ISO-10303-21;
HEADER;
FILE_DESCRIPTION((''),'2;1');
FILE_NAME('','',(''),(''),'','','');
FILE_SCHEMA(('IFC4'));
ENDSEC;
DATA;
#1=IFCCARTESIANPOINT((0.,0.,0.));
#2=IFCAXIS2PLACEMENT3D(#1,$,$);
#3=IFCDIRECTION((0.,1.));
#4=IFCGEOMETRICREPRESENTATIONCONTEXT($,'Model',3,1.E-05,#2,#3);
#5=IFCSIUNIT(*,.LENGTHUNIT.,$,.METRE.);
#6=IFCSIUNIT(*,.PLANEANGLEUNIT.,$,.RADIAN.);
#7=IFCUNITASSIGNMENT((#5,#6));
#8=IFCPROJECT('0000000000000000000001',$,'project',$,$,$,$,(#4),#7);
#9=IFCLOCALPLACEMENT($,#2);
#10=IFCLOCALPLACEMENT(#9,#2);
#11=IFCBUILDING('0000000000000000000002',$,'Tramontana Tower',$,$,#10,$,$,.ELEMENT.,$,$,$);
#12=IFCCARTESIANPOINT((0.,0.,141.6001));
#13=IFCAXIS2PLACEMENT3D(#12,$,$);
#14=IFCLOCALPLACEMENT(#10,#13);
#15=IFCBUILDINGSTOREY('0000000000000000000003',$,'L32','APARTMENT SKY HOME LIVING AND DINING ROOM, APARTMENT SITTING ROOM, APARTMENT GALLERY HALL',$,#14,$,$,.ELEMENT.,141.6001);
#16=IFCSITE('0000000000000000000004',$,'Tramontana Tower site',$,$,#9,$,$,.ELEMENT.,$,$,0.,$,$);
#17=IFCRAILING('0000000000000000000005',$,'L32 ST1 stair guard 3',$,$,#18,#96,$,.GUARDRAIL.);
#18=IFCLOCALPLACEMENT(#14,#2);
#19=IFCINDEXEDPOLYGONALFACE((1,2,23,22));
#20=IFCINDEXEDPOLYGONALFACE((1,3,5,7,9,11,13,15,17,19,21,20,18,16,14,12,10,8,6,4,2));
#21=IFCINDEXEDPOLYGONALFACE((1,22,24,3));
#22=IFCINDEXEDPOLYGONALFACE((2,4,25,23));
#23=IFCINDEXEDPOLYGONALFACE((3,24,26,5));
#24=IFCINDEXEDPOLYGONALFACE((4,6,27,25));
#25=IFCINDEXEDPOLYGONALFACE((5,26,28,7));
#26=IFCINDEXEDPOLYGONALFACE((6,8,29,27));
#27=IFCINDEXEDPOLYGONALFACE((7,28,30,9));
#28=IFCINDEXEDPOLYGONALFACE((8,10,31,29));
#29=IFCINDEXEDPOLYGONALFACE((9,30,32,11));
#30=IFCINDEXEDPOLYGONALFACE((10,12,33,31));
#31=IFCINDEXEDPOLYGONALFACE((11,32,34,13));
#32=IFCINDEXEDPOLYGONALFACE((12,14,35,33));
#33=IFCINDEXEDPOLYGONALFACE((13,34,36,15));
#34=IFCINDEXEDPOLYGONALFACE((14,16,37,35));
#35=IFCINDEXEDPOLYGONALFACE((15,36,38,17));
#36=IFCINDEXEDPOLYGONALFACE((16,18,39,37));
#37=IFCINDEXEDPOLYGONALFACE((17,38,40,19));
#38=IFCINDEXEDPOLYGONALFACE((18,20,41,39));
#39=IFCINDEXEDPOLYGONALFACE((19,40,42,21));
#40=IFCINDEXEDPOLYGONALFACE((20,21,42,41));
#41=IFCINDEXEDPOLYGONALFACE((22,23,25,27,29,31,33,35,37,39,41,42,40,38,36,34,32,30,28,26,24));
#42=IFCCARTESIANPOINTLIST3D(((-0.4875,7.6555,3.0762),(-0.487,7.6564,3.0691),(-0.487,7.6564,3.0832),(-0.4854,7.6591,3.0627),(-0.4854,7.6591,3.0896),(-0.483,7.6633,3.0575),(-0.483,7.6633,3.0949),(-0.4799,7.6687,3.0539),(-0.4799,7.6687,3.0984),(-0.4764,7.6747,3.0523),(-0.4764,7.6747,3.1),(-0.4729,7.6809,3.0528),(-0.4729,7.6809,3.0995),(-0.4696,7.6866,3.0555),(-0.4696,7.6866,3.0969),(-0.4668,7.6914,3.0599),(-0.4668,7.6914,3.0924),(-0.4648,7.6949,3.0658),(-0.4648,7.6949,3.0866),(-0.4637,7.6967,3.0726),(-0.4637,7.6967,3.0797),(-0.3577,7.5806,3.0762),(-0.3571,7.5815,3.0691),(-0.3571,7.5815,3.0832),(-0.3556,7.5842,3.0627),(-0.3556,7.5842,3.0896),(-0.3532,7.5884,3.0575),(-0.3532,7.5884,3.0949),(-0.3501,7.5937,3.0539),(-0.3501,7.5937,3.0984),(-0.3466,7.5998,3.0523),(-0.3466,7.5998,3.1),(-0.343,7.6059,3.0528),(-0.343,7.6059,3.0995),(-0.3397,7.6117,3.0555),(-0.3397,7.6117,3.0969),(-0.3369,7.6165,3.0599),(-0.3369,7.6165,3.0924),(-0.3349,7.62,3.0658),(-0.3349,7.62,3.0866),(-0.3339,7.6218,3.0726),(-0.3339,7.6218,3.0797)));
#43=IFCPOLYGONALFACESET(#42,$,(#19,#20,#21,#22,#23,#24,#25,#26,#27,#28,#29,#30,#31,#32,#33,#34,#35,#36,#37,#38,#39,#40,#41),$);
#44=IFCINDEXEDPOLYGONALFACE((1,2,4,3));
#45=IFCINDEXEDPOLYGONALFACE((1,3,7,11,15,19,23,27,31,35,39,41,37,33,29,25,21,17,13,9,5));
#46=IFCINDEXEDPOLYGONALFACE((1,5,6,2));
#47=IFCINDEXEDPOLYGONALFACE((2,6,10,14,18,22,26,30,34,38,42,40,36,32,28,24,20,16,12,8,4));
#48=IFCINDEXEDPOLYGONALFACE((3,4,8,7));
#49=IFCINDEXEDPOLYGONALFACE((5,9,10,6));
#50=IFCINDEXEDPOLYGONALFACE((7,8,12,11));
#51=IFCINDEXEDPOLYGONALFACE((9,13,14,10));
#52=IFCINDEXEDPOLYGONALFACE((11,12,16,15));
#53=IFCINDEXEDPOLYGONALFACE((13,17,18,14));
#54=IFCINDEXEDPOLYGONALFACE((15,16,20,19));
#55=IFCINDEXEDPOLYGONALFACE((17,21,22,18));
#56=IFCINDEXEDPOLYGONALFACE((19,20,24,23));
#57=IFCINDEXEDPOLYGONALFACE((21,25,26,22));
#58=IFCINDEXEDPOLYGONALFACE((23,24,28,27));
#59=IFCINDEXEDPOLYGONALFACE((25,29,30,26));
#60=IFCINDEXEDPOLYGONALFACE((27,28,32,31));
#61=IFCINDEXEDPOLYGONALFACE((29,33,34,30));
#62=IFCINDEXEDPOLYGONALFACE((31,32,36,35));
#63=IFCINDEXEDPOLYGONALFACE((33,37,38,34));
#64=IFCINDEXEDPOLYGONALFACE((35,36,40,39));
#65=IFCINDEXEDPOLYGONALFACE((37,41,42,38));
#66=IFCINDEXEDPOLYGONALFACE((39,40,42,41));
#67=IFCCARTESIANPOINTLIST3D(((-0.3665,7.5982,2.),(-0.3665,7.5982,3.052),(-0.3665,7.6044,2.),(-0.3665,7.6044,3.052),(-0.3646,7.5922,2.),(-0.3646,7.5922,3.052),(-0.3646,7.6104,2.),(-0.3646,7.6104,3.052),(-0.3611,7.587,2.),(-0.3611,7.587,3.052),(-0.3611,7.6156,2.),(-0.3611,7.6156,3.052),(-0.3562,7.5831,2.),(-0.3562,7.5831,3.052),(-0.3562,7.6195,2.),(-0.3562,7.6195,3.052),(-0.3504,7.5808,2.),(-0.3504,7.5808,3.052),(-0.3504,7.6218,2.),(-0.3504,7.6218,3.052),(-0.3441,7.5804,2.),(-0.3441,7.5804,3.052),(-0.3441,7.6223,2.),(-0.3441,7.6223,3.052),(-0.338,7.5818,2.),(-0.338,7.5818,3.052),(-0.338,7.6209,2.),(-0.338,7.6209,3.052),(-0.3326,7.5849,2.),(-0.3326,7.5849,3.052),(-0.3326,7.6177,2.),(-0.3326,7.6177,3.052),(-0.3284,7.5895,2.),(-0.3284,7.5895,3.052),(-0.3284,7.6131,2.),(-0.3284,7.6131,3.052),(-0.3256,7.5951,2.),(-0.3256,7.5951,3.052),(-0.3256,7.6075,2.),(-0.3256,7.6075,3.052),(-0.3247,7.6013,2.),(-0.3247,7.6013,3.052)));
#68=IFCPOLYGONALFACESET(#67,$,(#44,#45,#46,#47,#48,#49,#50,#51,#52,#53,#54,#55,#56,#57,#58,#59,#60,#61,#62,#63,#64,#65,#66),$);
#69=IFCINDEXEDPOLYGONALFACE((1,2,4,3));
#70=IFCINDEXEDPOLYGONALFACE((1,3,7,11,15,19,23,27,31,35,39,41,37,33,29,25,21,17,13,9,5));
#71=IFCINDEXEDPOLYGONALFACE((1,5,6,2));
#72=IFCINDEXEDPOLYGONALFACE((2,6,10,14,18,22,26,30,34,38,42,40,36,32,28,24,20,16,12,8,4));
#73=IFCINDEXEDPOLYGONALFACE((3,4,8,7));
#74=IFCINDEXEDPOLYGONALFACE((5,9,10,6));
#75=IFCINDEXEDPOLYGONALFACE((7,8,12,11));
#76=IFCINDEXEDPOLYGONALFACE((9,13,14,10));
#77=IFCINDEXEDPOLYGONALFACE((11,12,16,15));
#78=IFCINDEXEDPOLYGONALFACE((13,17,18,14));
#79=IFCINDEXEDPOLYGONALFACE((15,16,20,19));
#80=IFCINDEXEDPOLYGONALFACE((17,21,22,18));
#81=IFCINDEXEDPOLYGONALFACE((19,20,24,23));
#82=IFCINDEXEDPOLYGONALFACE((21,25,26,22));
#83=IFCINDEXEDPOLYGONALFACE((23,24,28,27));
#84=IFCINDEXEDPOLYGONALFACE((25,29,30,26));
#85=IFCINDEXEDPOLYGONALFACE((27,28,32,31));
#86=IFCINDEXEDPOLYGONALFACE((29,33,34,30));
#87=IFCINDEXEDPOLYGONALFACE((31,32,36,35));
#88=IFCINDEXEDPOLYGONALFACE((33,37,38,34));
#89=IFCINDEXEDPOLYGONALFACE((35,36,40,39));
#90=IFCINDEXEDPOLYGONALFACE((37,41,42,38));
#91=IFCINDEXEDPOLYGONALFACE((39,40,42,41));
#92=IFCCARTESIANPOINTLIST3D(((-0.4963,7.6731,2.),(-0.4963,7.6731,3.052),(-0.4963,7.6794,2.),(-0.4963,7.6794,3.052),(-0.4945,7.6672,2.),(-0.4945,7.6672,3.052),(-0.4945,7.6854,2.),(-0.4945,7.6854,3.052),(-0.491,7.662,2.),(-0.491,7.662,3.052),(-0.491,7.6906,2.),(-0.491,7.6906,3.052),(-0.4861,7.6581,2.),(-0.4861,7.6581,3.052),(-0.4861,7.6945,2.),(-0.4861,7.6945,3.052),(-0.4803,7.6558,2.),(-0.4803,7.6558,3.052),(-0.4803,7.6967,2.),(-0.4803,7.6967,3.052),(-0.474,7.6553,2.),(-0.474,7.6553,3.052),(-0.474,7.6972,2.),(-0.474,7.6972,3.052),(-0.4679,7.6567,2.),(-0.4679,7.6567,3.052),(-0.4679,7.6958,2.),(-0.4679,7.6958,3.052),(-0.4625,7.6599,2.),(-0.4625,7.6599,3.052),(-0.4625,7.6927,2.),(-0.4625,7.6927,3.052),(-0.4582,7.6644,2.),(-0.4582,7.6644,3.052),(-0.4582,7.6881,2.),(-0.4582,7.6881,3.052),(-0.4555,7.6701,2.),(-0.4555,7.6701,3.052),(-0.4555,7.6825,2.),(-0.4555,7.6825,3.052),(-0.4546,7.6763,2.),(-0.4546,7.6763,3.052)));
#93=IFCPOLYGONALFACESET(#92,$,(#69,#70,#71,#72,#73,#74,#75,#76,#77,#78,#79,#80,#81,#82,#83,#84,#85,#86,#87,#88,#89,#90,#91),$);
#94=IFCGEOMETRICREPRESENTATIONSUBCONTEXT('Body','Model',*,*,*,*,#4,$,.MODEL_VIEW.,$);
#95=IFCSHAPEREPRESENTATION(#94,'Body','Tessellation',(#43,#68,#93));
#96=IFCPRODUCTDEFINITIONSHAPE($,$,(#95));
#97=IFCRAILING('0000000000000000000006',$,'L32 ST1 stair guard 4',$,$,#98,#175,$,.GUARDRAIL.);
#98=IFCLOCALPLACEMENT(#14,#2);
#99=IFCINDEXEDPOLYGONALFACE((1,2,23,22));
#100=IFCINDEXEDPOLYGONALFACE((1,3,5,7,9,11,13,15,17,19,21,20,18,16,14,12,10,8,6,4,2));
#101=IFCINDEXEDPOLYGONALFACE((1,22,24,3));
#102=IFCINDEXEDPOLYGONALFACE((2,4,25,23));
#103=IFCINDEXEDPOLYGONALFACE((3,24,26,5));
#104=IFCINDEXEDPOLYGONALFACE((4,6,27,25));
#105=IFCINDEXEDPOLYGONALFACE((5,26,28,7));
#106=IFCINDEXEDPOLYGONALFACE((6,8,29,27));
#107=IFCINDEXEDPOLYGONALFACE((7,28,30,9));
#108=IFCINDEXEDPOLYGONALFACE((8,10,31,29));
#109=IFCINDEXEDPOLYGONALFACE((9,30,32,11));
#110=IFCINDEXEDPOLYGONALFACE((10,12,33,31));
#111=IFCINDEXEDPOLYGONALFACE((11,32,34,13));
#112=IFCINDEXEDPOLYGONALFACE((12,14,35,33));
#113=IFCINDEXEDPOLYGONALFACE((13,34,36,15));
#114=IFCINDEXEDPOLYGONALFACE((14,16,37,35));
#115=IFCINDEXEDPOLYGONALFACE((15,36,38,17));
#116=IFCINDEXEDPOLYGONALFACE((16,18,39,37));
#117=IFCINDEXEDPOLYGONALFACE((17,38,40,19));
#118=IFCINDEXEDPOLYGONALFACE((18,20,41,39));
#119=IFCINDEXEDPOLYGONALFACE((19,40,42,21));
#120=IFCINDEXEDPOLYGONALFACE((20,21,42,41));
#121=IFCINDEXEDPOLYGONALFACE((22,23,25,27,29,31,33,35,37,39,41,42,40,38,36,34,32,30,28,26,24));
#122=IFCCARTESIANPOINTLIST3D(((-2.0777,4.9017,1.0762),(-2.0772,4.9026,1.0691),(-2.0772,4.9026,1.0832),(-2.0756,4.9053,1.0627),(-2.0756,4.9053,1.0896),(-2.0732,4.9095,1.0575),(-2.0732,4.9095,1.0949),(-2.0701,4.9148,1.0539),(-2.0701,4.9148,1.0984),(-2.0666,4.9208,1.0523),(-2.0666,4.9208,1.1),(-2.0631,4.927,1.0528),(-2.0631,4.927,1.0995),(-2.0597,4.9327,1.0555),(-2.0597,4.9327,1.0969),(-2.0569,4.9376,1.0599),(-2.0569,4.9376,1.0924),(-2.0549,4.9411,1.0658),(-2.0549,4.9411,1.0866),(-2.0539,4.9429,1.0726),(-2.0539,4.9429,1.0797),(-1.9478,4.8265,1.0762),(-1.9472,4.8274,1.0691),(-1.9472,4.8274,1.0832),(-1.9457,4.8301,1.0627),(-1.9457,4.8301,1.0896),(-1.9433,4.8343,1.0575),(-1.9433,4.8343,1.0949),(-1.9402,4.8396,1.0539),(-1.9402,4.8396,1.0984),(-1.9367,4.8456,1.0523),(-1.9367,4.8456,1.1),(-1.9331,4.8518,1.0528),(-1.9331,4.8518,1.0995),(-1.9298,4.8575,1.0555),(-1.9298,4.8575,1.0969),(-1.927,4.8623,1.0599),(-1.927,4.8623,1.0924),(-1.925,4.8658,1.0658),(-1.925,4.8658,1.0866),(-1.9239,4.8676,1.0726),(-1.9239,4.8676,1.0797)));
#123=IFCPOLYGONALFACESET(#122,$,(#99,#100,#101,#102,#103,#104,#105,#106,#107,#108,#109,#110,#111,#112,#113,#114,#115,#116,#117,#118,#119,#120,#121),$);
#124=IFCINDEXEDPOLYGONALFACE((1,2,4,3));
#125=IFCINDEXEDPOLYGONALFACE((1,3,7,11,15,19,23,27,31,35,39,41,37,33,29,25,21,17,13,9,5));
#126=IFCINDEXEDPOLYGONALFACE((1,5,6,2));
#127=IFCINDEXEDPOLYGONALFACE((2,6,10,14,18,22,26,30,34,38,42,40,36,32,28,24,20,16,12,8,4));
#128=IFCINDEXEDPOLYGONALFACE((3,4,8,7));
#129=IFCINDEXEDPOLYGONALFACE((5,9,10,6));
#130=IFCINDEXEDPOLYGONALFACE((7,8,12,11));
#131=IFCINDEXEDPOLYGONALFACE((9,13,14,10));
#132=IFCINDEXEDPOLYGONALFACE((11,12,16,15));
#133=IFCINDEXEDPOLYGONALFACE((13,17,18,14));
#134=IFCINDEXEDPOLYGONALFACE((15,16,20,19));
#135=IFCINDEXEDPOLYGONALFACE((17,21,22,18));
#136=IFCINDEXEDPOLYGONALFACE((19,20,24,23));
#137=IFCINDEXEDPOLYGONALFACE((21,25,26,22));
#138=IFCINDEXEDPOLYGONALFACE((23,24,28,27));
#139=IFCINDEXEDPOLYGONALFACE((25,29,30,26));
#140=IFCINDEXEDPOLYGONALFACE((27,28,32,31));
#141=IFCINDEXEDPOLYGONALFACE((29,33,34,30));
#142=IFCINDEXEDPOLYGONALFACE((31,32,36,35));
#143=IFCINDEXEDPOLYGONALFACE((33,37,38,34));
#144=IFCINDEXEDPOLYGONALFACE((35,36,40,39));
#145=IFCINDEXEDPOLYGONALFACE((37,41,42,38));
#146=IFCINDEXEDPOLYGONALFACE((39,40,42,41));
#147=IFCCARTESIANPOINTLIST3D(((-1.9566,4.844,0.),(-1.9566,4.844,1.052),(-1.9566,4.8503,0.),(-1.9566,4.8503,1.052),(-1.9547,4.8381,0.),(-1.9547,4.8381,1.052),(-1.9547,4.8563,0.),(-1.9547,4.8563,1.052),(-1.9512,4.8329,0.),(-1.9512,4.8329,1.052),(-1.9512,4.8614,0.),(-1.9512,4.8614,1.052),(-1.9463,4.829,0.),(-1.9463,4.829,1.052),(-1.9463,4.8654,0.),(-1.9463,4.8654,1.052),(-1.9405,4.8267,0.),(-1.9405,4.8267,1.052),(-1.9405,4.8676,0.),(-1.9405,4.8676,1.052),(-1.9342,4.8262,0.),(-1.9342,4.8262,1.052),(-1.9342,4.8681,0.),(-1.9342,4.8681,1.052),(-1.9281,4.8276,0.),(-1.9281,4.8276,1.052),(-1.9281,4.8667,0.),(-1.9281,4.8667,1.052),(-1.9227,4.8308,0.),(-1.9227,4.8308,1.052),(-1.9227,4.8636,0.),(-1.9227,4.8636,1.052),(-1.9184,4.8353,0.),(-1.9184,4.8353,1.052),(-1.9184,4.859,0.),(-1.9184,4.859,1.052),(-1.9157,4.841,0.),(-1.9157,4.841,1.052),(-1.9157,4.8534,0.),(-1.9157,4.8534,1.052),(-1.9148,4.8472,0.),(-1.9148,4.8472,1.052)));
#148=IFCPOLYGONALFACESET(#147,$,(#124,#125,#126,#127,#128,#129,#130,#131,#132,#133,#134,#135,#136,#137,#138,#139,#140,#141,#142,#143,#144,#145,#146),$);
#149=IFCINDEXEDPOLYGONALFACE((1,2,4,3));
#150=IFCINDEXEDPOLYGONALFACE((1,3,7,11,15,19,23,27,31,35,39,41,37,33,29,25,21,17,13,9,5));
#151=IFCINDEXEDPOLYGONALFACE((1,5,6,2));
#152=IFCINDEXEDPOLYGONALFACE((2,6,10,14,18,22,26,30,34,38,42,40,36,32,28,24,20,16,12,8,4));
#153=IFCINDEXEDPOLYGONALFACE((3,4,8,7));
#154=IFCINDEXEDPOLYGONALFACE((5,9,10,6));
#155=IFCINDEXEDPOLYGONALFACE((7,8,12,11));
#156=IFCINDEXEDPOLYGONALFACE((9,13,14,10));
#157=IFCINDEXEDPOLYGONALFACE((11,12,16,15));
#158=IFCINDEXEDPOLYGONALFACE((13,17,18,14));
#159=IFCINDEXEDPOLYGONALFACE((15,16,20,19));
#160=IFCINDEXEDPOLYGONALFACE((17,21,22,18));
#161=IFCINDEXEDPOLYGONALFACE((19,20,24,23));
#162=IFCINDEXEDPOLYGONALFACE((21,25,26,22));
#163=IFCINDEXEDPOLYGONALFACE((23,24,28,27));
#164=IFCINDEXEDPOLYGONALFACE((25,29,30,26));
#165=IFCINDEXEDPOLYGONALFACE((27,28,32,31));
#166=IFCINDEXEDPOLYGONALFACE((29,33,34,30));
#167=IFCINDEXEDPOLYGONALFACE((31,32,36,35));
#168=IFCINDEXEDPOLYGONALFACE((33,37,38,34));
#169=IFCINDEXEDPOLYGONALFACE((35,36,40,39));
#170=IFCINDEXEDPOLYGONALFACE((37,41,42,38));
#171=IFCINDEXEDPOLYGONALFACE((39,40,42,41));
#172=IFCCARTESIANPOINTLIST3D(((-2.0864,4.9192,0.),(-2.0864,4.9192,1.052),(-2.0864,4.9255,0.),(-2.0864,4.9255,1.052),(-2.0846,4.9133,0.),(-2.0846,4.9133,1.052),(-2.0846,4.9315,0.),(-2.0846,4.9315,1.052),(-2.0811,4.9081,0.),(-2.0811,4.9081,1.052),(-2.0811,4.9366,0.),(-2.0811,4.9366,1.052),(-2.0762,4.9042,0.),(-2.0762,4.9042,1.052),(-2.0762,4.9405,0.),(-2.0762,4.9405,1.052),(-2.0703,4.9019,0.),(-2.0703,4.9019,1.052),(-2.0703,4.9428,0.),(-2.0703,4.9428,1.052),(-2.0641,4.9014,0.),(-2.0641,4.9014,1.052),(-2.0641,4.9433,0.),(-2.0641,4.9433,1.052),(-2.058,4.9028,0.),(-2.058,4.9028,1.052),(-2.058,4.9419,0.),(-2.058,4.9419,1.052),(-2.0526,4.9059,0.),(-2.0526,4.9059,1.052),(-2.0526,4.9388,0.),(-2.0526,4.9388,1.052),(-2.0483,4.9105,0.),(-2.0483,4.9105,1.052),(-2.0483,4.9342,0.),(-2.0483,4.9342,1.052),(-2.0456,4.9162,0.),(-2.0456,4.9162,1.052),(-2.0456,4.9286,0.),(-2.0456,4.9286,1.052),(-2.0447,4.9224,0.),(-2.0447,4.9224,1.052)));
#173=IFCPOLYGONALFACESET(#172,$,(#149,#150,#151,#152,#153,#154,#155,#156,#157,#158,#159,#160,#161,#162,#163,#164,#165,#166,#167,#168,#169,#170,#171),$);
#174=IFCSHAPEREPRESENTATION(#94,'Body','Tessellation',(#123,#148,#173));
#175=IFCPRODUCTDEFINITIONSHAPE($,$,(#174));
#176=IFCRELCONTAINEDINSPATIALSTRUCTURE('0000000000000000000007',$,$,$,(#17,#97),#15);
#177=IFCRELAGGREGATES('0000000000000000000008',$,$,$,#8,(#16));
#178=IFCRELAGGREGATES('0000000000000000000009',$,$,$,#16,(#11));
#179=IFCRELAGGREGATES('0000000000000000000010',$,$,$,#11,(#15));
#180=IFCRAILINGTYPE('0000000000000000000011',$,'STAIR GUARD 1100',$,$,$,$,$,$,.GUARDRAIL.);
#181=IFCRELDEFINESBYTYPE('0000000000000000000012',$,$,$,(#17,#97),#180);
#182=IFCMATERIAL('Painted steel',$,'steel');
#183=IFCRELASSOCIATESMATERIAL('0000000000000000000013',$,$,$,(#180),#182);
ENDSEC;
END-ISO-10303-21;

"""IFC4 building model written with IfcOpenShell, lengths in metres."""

from ifc_helpers import new_model, si_unit, direction, frame, origin, origin_2d, place, context, subcontext, project, spatial, circle, extrude, material, type_object, element, save


model = new_model("IFC4")

# Units and contexts
model_context = context("Model", 3, precision=1e-05, world=origin(), true_north=direction((0.0, 1.0)))
body_context = subcontext(model_context, "Body", "Model", "MODEL_VIEW")
ifc_project = project(units=[si_unit("LENGTHUNIT", "METRE"), si_unit("PLANEANGLEUNIT", "RADIAN")], contexts=[model_context])

# Site, building, storey
site_placement = place(None, origin())
site = spatial("IfcSite", under=ifc_project, at=site_placement, Name="Tramontana Tower site", CompositionType="ELEMENT", RefElevation=0.0)
building_placement = place(site_placement, origin())
building = spatial("IfcBuilding", under=site, at=building_placement, Name="Tramontana Tower", CompositionType="ELEMENT")
storey_placement = place(building_placement, frame((0.0, 0.0, 141.6001)))
storey = spatial("IfcBuildingStorey", under=building, at=storey_placement, Name="L32", Description="APARTMENT SKY HOME LIVING AND DINING ROOM, APARTMENT SITTING ROOM, APARTMENT GALLERY HALL", CompositionType="ELEMENT", Elevation=141.6001)

# Railings
ifc_material_1 = material(Name="Painted steel", Category="steel")
railing_type_1 = type_object("IfcRailingType", Name="STAIR GUARD 1100", PredefinedType="GUARDRAIL", material=ifc_material_1)
railing_1_placement = place(storey_placement, frame((-0.3457, 7.6013, 2.0)))
element("IfcRailing", 1, at=railing_1_placement, inside=storey, type_object=railing_type_1, Name="L32 ST1 stair guard 3", PredefinedType="GUARDRAIL", context=body_context, shape_type="SweptSolid", body=[
    extrude(circle(Radius=0.0239, at=origin_2d()), frame((0.0, 0.0, 1.0762), z_axis=(-0.866131, 0.499816, 0.0), x_axis=(-0.499816, -0.866131, 0.0)), (0.0, 0.0, 1.0), 0.1499),
    extrude(circle(Radius=0.021, at=origin_2d()), origin(), (0.0, 0.0, 1.0), 1.052),
    extrude(circle(Radius=0.021, at=origin_2d()), frame((-0.1299, 0.075, 0.0)), (0.0, 0.0, 1.0), 1.052),
])
railing_2_placement = place(storey_placement, frame((-1.9358, 4.8472, 0.0)))
element("IfcRailing", 2, at=railing_2_placement, inside=storey, type_object=railing_type_1, Name="L32 ST1 stair guard 4", PredefinedType="GUARDRAIL", context=body_context, shape_type="SweptSolid", body=[
    extrude(circle(Radius=0.0239, at=origin_2d()), frame((0.0, 0.0, 1.0762), z_axis=(-0.865426, 0.501036, 0.0), x_axis=(-0.501036, -0.865426, 0.0)), (0.0, 0.0, 1.0), 0.1501),
    extrude(circle(Radius=0.021, at=origin_2d()), origin(), (0.0, 0.0, 1.0), 1.052),
    extrude(circle(Radius=0.021, at=origin_2d()), frame((-0.1299, 0.0752, 0.0)), (0.0, 0.0, 1.0), 1.052),
])

save(model, "model.ifc")
